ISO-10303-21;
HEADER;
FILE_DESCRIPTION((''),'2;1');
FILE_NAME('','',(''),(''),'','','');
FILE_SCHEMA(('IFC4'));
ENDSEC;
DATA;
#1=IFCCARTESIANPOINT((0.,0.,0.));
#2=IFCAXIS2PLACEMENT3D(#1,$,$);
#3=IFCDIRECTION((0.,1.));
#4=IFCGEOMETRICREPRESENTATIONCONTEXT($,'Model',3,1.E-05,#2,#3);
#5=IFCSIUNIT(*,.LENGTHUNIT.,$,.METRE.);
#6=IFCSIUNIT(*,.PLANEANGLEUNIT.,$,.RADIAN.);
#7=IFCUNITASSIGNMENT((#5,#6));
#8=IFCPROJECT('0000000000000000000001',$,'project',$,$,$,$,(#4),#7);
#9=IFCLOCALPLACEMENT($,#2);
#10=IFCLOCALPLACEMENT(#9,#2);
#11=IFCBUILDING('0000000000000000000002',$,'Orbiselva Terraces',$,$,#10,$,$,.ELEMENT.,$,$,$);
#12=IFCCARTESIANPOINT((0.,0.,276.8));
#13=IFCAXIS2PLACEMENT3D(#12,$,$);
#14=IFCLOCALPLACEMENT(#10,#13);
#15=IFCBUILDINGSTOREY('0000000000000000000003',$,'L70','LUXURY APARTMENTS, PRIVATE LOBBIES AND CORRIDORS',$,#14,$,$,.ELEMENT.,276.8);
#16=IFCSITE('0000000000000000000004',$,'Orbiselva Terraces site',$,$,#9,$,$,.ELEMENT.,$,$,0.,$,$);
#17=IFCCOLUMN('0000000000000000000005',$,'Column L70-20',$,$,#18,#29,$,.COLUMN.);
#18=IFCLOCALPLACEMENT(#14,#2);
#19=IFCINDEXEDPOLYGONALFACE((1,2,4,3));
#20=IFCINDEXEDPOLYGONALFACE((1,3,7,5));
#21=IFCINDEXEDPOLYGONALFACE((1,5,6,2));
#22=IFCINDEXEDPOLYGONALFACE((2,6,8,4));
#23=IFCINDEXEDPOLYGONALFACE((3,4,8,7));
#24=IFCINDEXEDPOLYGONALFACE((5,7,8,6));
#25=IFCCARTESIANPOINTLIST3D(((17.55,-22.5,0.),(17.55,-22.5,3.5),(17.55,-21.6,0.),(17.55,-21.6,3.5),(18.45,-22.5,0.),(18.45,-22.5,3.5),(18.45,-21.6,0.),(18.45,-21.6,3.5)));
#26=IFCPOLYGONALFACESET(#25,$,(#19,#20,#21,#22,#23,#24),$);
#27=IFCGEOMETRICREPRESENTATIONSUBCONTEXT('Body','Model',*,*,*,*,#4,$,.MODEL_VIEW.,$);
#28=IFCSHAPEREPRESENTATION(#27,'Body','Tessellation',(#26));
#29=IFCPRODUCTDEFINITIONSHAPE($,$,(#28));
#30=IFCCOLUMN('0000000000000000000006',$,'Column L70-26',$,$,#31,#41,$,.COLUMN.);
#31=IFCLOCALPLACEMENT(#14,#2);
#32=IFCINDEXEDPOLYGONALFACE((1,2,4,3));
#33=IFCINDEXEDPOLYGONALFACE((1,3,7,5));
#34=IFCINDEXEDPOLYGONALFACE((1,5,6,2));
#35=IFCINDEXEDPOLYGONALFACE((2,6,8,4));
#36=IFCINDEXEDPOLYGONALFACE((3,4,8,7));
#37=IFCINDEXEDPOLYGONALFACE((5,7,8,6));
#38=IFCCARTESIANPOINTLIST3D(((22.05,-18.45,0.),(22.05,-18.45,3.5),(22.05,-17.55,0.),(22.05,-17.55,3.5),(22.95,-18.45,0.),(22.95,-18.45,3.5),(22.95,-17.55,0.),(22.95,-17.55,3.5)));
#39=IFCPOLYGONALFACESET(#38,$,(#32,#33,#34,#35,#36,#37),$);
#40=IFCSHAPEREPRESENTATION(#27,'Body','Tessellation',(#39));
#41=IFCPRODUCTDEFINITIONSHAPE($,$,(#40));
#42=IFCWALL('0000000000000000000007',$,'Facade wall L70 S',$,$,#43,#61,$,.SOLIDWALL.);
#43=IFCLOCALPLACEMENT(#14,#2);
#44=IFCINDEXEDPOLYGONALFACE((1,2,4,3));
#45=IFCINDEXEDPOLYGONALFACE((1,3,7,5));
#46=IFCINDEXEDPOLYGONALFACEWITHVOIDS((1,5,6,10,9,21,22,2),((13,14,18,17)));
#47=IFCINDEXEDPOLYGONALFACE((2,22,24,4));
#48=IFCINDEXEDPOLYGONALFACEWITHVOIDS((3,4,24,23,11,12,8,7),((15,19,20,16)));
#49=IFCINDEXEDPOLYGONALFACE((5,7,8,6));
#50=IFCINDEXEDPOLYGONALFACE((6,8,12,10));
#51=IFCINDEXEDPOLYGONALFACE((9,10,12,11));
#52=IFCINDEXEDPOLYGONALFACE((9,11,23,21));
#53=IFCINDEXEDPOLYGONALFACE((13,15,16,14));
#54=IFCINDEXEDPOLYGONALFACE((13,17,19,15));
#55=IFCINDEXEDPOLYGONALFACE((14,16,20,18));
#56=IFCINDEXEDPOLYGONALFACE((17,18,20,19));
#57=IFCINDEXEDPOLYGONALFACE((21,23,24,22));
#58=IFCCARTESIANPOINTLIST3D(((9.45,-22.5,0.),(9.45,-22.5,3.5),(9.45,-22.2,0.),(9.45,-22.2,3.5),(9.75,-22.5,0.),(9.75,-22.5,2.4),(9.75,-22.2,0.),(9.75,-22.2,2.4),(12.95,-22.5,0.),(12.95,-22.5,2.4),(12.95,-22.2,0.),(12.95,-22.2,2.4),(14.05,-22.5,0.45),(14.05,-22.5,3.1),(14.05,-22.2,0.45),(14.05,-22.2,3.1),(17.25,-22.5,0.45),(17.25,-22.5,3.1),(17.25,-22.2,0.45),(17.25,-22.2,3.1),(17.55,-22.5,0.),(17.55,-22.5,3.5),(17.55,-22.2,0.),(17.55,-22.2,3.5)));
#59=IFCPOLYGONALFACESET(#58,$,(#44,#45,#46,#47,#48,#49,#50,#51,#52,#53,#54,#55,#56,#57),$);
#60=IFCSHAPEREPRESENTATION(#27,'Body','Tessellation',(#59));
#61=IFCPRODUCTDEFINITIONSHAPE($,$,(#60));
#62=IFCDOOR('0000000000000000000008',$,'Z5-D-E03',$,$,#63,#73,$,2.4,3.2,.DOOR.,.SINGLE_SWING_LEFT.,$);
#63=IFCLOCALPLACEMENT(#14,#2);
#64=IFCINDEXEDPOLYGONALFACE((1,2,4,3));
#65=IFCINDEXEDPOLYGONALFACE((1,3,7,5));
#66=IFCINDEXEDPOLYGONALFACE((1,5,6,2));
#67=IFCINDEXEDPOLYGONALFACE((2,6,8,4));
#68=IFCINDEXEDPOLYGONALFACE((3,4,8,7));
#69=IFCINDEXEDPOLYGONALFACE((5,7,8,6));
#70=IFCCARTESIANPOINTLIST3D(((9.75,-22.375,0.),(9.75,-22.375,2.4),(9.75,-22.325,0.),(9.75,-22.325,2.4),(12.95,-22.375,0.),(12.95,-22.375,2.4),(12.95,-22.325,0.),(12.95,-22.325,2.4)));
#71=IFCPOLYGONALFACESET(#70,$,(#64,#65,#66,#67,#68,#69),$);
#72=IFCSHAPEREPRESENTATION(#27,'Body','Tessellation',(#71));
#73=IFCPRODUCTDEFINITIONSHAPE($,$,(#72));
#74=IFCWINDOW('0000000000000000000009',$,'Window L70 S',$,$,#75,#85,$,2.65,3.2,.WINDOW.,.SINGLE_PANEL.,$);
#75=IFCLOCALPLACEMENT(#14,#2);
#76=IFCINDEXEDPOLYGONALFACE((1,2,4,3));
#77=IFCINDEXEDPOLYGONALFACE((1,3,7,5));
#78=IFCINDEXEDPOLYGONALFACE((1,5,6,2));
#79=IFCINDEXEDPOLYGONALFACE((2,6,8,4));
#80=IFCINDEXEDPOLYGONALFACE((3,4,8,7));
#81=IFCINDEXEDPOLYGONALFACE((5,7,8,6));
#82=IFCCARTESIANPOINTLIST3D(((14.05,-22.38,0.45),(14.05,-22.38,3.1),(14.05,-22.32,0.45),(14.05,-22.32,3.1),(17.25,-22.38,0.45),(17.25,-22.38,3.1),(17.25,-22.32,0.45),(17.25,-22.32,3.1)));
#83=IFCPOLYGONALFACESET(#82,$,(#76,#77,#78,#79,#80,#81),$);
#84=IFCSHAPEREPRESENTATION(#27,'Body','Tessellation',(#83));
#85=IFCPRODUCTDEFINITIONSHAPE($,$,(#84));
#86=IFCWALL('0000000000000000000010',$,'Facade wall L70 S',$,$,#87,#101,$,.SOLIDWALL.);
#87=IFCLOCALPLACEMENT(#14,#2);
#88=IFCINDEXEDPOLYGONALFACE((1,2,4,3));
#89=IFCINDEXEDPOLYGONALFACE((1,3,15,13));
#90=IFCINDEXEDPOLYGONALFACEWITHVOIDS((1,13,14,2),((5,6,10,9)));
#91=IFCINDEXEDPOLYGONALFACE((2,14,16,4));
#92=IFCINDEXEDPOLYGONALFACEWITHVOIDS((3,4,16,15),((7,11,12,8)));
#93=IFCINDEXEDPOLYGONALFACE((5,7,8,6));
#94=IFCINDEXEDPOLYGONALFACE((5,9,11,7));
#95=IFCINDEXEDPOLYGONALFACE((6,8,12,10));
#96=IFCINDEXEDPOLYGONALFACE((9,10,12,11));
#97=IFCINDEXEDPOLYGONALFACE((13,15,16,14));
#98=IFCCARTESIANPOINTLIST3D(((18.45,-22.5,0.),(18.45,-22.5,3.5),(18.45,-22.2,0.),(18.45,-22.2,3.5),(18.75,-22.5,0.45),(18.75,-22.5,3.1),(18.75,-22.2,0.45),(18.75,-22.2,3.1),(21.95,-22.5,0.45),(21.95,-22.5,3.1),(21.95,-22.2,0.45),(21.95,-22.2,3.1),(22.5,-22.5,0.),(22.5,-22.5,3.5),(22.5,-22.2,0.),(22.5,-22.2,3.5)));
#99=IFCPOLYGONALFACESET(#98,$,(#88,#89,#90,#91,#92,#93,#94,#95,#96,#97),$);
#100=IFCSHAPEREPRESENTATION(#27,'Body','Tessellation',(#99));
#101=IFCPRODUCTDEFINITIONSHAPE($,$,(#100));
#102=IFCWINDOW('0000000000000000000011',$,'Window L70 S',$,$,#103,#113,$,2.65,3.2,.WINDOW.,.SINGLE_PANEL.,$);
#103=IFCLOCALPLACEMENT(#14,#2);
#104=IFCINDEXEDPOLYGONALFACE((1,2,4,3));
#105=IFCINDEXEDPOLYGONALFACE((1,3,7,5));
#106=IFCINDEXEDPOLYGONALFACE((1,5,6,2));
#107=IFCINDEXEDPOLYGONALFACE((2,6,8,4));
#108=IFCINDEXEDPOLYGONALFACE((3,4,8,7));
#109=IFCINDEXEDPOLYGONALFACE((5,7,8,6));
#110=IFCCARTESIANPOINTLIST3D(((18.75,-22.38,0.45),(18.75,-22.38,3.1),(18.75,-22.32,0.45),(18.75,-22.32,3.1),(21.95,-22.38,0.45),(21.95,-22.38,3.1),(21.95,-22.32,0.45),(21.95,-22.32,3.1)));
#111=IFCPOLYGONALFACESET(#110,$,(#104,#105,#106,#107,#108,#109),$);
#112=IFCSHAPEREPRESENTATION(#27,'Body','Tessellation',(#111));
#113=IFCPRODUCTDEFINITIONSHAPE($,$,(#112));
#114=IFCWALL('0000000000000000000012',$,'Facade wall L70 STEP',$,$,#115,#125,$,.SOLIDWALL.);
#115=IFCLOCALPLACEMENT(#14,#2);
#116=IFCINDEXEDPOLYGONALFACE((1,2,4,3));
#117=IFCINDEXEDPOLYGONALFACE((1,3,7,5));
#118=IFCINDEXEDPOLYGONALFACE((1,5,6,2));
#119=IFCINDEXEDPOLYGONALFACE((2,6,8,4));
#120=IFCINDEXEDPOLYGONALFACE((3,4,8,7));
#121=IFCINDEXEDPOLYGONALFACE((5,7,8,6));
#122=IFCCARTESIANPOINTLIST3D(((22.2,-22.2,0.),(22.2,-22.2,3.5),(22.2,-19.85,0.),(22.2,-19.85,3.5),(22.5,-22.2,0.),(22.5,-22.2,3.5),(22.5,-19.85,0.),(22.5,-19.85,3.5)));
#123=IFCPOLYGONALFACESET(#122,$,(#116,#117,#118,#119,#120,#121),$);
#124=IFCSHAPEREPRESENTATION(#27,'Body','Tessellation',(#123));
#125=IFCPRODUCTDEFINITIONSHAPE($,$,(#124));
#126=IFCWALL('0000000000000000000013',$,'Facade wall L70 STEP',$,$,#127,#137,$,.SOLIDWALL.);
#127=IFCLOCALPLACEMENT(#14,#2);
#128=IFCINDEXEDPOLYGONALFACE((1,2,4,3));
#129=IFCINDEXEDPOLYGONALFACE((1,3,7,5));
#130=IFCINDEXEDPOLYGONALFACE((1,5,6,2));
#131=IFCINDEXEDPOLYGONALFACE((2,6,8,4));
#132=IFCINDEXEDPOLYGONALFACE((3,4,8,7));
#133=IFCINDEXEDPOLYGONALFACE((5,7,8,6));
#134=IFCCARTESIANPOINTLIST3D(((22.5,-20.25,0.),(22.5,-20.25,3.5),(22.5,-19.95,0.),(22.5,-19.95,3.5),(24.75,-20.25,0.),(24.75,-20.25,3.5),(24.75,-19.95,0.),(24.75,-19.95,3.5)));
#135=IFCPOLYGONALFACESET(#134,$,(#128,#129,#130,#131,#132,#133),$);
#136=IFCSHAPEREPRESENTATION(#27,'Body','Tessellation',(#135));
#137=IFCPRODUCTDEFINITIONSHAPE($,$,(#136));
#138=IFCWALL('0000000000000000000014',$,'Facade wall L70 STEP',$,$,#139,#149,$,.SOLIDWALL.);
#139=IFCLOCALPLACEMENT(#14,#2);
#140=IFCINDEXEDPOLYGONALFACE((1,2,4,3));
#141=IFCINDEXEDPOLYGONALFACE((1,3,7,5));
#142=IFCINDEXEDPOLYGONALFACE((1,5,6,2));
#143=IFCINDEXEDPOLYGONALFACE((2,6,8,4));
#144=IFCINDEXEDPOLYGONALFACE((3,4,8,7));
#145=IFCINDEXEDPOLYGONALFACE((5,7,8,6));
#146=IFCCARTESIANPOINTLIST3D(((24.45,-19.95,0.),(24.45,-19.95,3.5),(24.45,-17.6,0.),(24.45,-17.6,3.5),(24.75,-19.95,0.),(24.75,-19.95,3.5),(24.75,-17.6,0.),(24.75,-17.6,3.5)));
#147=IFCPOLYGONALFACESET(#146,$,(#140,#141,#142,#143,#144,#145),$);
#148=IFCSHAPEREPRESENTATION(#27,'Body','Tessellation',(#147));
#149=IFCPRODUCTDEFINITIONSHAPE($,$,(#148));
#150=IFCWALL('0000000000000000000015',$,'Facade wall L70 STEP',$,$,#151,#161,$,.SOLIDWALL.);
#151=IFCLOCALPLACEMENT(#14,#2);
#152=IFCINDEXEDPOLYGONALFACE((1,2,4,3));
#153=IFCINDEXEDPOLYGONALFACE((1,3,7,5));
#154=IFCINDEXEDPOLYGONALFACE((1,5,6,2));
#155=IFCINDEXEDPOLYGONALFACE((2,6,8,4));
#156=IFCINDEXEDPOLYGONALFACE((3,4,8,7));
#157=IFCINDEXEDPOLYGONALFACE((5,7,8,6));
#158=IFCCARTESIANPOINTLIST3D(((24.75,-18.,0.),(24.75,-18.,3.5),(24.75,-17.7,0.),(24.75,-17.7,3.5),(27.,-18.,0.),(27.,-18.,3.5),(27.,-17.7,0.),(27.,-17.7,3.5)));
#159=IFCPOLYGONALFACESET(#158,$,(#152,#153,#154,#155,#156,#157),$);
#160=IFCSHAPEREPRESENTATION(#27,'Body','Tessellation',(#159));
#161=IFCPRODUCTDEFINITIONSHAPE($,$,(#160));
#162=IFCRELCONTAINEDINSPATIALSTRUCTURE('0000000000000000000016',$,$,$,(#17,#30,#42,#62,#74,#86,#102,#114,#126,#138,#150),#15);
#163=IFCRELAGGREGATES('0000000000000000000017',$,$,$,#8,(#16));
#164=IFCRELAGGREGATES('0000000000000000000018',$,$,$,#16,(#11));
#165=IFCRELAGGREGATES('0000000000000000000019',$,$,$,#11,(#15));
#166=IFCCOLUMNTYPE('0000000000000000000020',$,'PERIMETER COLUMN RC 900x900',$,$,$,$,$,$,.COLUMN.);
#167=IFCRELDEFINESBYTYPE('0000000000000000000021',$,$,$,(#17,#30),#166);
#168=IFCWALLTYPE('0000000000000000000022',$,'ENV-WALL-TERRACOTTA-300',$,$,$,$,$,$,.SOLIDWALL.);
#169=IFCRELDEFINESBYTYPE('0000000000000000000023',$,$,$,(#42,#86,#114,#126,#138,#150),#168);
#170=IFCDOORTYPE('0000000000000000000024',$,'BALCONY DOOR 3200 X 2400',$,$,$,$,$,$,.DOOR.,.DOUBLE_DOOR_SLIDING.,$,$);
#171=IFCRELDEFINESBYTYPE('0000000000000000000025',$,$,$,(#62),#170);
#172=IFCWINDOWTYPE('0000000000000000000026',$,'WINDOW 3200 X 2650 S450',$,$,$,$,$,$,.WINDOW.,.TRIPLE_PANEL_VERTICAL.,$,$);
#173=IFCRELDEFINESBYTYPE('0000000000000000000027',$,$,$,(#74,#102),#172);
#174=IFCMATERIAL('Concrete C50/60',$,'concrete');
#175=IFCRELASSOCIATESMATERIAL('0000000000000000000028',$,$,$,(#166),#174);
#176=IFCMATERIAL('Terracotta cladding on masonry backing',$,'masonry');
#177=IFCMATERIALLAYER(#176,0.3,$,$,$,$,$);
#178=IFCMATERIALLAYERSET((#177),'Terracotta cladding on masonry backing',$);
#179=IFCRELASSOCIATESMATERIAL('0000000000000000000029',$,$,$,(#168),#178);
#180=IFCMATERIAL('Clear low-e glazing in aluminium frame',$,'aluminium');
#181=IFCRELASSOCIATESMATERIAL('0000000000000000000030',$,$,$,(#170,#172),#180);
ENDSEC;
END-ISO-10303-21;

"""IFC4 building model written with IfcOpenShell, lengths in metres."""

from ifc_helpers import new_model, si_unit, direction, frame, frame_2d, origin, origin_2d, place, context, subcontext, project, spatial, rectangle, extrude, material, layer, layer_set, material_profile, profile_set, type_object, element, fill, save


model = new_model("IFC4")

# Units and contexts
model_context = context("Model", 3, precision=1e-05, world=origin(), true_north=direction((0.0, 1.0)))
body_context = subcontext(model_context, "Body", "Model", "MODEL_VIEW")
ifc_project = project(units=[si_unit("LENGTHUNIT", "METRE"), si_unit("PLANEANGLEUNIT", "RADIAN")], contexts=[model_context])

# Site, building, storey
site_placement = place(None, origin())
site = spatial("IfcSite", under=ifc_project, at=site_placement, Name="Orbiselva Terraces site", CompositionType="ELEMENT", RefElevation=0.0)
building_placement = place(site_placement, origin())
building = spatial("IfcBuilding", under=site, at=building_placement, Name="Orbiselva Terraces", CompositionType="ELEMENT")
storey_placement = place(building_placement, frame((0.0, 0.0, 276.8)))
storey = spatial("IfcBuildingStorey", under=building, at=storey_placement, Name="L70", Description="LUXURY APARTMENTS, PRIVATE LOBBIES AND CORRIDORS", CompositionType="ELEMENT", Elevation=276.8)

# Columns
ifc_material_1 = material(Name="Concrete C50/60", Category="concrete")
ifc_material_profile = material_profile(ifc_material_1, rectangle(XDim=0.9, YDim=0.9, at=origin_2d()), Name="RC 900x900")
ifc_profile_set = profile_set([ifc_material_profile], Name="Concrete C50/60")
column_type = type_object("IfcColumnType", Name="PERIMETER COLUMN RC 900x900", PredefinedType="COLUMN", material=ifc_profile_set)
for number, where, z_axis, x_axis, name in (
    (1, (18.0, -22.05, 0.0), (0.0, 0.0, 1.0), (1.0, 0.0, 0.0), "Column L70-20"),
    (2, (22.5, -18.0, 0.0), (0.0, 0.0, 1.0), (1.0, 0.0, 0.0), "Column L70-26"),
):
    element("IfcColumn", number, at=place(storey_placement, frame(where, z_axis=z_axis, x_axis=x_axis)), inside=storey, type_object=column_type, Name=name, PredefinedType="COLUMN", context=body_context, shape_type="SweptSolid", body=[
        extrude(rectangle(XDim=0.9, YDim=0.9, at=origin_2d()), origin(), (0.0, 0.0, 1.0), 3.5),
    ])

# Wall, openings, door, window
ifc_material_2 = material(Name="Terracotta cladding on masonry backing", Category="masonry")
ifc_layer_1 = layer(ifc_material_2, 0.3)
ifc_layer_set_1 = layer_set([ifc_layer_1], Name="Terracotta cladding on masonry backing")
wall_type_1 = type_object("IfcWallType", Name="ENV-WALL-TERRACOTTA-300", PredefinedType="SOLIDWALL", material=ifc_layer_set_1)
wall_1_placement = place(storey_placement, frame((17.55, -22.35, 0.0), z_axis=(0.0, 0.0, 1.0), x_axis=(-1.0, 0.0, 0.0)))
wall_1 = element("IfcWall", 3, at=wall_1_placement, inside=storey, type_object=wall_type_1, Name="Facade wall L70 S", PredefinedType="SOLIDWALL", context=body_context, shape_type="SweptSolid", body=[
    extrude(rectangle(XDim=8.1, YDim=0.3, at=frame_2d((4.05, 0.0))), origin(), (0.0, 0.0, 1.0), 3.5),
])
opening_1_placement = place(wall_1_placement, frame((4.6, 0.0, 0.0)))
opening_1 = element("IfcOpeningElement", 4, at=opening_1_placement, cuts=wall_1, PredefinedType="OPENING", context=body_context, shape_type="SweptSolid", body=[
    extrude(rectangle(XDim=3.2, YDim=2.4, at=frame_2d((1.6, 1.2))), frame((0.0, 0.16, 0.0), z_axis=(0.0, -1.0, 0.0), x_axis=(1.0, 0.0, 0.0)), (0.0, 0.0, 1.0), 0.32),
])
opening_2_placement = place(wall_1_placement, frame((0.3, 0.0, 0.45)))
opening_2 = element("IfcOpeningElement", 5, at=opening_2_placement, cuts=wall_1, PredefinedType="OPENING", context=body_context, shape_type="SweptSolid", body=[
    extrude(rectangle(XDim=3.2, YDim=2.65, at=frame_2d((1.6, 1.325))), frame((0.0, 0.16, 0.0), z_axis=(0.0, -1.0, 0.0), x_axis=(1.0, 0.0, 0.0)), (0.0, 0.0, 1.0), 0.32),
])
ifc_material_3 = material(Name="Clear low-e glazing in aluminium frame", Category="aluminium")
door_type_1 = type_object("IfcDoorType", Name="BALCONY DOOR 3200 X 2400", OperationType="DOUBLE_DOOR_SLIDING", PredefinedType="DOOR", material=ifc_material_3)
door_1_placement = place(opening_1_placement, origin())
door_1 = element("IfcDoor", 6, at=door_1_placement, inside=storey, type_object=door_type_1, Name="Z5-D-E03", OperationType="SINGLE_SWING_LEFT", OverallHeight=2.4, OverallWidth=3.2, PredefinedType="DOOR", context=body_context, shape_type="SweptSolid", body=[
    extrude(rectangle(XDim=3.2, YDim=2.4, at=frame_2d((1.6, 1.2))), frame((0.0, 0.025, 0.0), z_axis=(0.0, -1.0, 0.0), x_axis=(1.0, 0.0, 0.0)), (0.0, 0.0, 1.0), 0.05),
])
fill(opening_1, door_1)
window_type = type_object("IfcWindowType", Name="WINDOW 3200 X 2650 S450", PartitioningType="TRIPLE_PANEL_VERTICAL", PredefinedType="WINDOW", material=ifc_material_3)
window_1_placement = place(opening_2_placement, origin())
window_1 = element("IfcWindow", 7, at=window_1_placement, inside=storey, type_object=window_type, Name="Window L70 S", OverallHeight=2.65, OverallWidth=3.2, PartitioningType="SINGLE_PANEL", PredefinedType="WINDOW", context=body_context, shape_type="SweptSolid", body=[
    extrude(rectangle(XDim=3.2, YDim=2.65, at=frame_2d((1.6, 1.325))), frame((0.0, 0.03, 0.0), z_axis=(0.0, -1.0, 0.0), x_axis=(1.0, 0.0, 0.0)), (0.0, 0.0, 1.0), 0.06),
])
fill(opening_2, window_1)

# Wall, opening, window
wall_2_placement = place(storey_placement, frame((22.5, -22.35, 0.0), z_axis=(0.0, 0.0, 1.0), x_axis=(-1.0, 0.0, 0.0)))
wall_2 = element("IfcWall", 8, at=wall_2_placement, inside=storey, type_object=wall_type_1, Name="Facade wall L70 S", PredefinedType="SOLIDWALL", context=body_context, shape_type="SweptSolid", body=[
    extrude(rectangle(XDim=4.05, YDim=0.3, at=frame_2d((2.025, 0.0))), origin(), (0.0, 0.0, 1.0), 3.5),
])
opening_3_placement = place(wall_2_placement, frame((0.55, 0.0, 0.45)))
opening_3 = element("IfcOpeningElement", 9, at=opening_3_placement, cuts=wall_2, PredefinedType="OPENING", context=body_context, shape_type="SweptSolid", body=[
    extrude(rectangle(XDim=3.2, YDim=2.65, at=frame_2d((1.6, 1.325))), frame((0.0, 0.16, 0.0), z_axis=(0.0, -1.0, 0.0), x_axis=(1.0, 0.0, 0.0)), (0.0, 0.0, 1.0), 0.32),
])
window_2_placement = place(opening_3_placement, origin())
window_2 = element("IfcWindow", 10, at=window_2_placement, inside=storey, type_object=window_type, Name="Window L70 S", OverallHeight=2.65, OverallWidth=3.2, PartitioningType="SINGLE_PANEL", PredefinedType="WINDOW", context=body_context, shape_type="SweptSolid", body=[
    extrude(rectangle(XDim=3.2, YDim=2.65, at=frame_2d((1.6, 1.325))), frame((0.0, 0.03, 0.0), z_axis=(0.0, -1.0, 0.0), x_axis=(1.0, 0.0, 0.0)), (0.0, 0.0, 1.0), 0.06),
])
fill(opening_3, window_2)

# Walls
wall_3_placement = place(storey_placement, frame((22.35, -19.85, 0.0), z_axis=(0.0, 0.0, 1.0), x_axis=(0.0, -1.0, 0.0)))
element("IfcWall", 11, at=wall_3_placement, inside=storey, type_object=wall_type_1, Name="Facade wall L70 STEP", PredefinedType="SOLIDWALL", context=body_context, shape_type="SweptSolid", body=[
    extrude(rectangle(XDim=2.35, YDim=0.3, at=frame_2d((1.175, 0.0))), origin(), (0.0, 0.0, 1.0), 3.5),
])
wall_4_placement = place(storey_placement, frame((24.75, -20.1, 0.0), z_axis=(0.0, 0.0, 1.0), x_axis=(-1.0, 0.0, 0.0)))
element("IfcWall", 12, at=wall_4_placement, inside=storey, type_object=wall_type_1, Name="Facade wall L70 STEP", PredefinedType="SOLIDWALL", context=body_context, shape_type="SweptSolid", body=[
    extrude(rectangle(XDim=2.25, YDim=0.3, at=frame_2d((1.125, 0.0))), origin(), (0.0, 0.0, 1.0), 3.5),
])
wall_5_placement = place(storey_placement, frame((24.6, -17.6, 0.0), z_axis=(0.0, 0.0, 1.0), x_axis=(0.0, -1.0, 0.0)))
element("IfcWall", 13, at=wall_5_placement, inside=storey, type_object=wall_type_1, Name="Facade wall L70 STEP", PredefinedType="SOLIDWALL", context=body_context, shape_type="SweptSolid", body=[
    extrude(rectangle(XDim=2.35, YDim=0.3, at=frame_2d((1.175, 0.0))), origin(), (0.0, 0.0, 1.0), 3.5),
])
wall_6_placement = place(storey_placement, frame((27.0, -17.85, 0.0), z_axis=(0.0, 0.0, 1.0), x_axis=(-1.0, 0.0, 0.0)))
element("IfcWall", 14, at=wall_6_placement, inside=storey, type_object=wall_type_1, Name="Facade wall L70 STEP", PredefinedType="SOLIDWALL", context=body_context, shape_type="SweptSolid", body=[
    extrude(rectangle(XDim=2.25, YDim=0.3, at=frame_2d((1.125, 0.0))), origin(), (0.0, 0.0, 1.0), 3.5),
])

save(model, "model.ifc")
